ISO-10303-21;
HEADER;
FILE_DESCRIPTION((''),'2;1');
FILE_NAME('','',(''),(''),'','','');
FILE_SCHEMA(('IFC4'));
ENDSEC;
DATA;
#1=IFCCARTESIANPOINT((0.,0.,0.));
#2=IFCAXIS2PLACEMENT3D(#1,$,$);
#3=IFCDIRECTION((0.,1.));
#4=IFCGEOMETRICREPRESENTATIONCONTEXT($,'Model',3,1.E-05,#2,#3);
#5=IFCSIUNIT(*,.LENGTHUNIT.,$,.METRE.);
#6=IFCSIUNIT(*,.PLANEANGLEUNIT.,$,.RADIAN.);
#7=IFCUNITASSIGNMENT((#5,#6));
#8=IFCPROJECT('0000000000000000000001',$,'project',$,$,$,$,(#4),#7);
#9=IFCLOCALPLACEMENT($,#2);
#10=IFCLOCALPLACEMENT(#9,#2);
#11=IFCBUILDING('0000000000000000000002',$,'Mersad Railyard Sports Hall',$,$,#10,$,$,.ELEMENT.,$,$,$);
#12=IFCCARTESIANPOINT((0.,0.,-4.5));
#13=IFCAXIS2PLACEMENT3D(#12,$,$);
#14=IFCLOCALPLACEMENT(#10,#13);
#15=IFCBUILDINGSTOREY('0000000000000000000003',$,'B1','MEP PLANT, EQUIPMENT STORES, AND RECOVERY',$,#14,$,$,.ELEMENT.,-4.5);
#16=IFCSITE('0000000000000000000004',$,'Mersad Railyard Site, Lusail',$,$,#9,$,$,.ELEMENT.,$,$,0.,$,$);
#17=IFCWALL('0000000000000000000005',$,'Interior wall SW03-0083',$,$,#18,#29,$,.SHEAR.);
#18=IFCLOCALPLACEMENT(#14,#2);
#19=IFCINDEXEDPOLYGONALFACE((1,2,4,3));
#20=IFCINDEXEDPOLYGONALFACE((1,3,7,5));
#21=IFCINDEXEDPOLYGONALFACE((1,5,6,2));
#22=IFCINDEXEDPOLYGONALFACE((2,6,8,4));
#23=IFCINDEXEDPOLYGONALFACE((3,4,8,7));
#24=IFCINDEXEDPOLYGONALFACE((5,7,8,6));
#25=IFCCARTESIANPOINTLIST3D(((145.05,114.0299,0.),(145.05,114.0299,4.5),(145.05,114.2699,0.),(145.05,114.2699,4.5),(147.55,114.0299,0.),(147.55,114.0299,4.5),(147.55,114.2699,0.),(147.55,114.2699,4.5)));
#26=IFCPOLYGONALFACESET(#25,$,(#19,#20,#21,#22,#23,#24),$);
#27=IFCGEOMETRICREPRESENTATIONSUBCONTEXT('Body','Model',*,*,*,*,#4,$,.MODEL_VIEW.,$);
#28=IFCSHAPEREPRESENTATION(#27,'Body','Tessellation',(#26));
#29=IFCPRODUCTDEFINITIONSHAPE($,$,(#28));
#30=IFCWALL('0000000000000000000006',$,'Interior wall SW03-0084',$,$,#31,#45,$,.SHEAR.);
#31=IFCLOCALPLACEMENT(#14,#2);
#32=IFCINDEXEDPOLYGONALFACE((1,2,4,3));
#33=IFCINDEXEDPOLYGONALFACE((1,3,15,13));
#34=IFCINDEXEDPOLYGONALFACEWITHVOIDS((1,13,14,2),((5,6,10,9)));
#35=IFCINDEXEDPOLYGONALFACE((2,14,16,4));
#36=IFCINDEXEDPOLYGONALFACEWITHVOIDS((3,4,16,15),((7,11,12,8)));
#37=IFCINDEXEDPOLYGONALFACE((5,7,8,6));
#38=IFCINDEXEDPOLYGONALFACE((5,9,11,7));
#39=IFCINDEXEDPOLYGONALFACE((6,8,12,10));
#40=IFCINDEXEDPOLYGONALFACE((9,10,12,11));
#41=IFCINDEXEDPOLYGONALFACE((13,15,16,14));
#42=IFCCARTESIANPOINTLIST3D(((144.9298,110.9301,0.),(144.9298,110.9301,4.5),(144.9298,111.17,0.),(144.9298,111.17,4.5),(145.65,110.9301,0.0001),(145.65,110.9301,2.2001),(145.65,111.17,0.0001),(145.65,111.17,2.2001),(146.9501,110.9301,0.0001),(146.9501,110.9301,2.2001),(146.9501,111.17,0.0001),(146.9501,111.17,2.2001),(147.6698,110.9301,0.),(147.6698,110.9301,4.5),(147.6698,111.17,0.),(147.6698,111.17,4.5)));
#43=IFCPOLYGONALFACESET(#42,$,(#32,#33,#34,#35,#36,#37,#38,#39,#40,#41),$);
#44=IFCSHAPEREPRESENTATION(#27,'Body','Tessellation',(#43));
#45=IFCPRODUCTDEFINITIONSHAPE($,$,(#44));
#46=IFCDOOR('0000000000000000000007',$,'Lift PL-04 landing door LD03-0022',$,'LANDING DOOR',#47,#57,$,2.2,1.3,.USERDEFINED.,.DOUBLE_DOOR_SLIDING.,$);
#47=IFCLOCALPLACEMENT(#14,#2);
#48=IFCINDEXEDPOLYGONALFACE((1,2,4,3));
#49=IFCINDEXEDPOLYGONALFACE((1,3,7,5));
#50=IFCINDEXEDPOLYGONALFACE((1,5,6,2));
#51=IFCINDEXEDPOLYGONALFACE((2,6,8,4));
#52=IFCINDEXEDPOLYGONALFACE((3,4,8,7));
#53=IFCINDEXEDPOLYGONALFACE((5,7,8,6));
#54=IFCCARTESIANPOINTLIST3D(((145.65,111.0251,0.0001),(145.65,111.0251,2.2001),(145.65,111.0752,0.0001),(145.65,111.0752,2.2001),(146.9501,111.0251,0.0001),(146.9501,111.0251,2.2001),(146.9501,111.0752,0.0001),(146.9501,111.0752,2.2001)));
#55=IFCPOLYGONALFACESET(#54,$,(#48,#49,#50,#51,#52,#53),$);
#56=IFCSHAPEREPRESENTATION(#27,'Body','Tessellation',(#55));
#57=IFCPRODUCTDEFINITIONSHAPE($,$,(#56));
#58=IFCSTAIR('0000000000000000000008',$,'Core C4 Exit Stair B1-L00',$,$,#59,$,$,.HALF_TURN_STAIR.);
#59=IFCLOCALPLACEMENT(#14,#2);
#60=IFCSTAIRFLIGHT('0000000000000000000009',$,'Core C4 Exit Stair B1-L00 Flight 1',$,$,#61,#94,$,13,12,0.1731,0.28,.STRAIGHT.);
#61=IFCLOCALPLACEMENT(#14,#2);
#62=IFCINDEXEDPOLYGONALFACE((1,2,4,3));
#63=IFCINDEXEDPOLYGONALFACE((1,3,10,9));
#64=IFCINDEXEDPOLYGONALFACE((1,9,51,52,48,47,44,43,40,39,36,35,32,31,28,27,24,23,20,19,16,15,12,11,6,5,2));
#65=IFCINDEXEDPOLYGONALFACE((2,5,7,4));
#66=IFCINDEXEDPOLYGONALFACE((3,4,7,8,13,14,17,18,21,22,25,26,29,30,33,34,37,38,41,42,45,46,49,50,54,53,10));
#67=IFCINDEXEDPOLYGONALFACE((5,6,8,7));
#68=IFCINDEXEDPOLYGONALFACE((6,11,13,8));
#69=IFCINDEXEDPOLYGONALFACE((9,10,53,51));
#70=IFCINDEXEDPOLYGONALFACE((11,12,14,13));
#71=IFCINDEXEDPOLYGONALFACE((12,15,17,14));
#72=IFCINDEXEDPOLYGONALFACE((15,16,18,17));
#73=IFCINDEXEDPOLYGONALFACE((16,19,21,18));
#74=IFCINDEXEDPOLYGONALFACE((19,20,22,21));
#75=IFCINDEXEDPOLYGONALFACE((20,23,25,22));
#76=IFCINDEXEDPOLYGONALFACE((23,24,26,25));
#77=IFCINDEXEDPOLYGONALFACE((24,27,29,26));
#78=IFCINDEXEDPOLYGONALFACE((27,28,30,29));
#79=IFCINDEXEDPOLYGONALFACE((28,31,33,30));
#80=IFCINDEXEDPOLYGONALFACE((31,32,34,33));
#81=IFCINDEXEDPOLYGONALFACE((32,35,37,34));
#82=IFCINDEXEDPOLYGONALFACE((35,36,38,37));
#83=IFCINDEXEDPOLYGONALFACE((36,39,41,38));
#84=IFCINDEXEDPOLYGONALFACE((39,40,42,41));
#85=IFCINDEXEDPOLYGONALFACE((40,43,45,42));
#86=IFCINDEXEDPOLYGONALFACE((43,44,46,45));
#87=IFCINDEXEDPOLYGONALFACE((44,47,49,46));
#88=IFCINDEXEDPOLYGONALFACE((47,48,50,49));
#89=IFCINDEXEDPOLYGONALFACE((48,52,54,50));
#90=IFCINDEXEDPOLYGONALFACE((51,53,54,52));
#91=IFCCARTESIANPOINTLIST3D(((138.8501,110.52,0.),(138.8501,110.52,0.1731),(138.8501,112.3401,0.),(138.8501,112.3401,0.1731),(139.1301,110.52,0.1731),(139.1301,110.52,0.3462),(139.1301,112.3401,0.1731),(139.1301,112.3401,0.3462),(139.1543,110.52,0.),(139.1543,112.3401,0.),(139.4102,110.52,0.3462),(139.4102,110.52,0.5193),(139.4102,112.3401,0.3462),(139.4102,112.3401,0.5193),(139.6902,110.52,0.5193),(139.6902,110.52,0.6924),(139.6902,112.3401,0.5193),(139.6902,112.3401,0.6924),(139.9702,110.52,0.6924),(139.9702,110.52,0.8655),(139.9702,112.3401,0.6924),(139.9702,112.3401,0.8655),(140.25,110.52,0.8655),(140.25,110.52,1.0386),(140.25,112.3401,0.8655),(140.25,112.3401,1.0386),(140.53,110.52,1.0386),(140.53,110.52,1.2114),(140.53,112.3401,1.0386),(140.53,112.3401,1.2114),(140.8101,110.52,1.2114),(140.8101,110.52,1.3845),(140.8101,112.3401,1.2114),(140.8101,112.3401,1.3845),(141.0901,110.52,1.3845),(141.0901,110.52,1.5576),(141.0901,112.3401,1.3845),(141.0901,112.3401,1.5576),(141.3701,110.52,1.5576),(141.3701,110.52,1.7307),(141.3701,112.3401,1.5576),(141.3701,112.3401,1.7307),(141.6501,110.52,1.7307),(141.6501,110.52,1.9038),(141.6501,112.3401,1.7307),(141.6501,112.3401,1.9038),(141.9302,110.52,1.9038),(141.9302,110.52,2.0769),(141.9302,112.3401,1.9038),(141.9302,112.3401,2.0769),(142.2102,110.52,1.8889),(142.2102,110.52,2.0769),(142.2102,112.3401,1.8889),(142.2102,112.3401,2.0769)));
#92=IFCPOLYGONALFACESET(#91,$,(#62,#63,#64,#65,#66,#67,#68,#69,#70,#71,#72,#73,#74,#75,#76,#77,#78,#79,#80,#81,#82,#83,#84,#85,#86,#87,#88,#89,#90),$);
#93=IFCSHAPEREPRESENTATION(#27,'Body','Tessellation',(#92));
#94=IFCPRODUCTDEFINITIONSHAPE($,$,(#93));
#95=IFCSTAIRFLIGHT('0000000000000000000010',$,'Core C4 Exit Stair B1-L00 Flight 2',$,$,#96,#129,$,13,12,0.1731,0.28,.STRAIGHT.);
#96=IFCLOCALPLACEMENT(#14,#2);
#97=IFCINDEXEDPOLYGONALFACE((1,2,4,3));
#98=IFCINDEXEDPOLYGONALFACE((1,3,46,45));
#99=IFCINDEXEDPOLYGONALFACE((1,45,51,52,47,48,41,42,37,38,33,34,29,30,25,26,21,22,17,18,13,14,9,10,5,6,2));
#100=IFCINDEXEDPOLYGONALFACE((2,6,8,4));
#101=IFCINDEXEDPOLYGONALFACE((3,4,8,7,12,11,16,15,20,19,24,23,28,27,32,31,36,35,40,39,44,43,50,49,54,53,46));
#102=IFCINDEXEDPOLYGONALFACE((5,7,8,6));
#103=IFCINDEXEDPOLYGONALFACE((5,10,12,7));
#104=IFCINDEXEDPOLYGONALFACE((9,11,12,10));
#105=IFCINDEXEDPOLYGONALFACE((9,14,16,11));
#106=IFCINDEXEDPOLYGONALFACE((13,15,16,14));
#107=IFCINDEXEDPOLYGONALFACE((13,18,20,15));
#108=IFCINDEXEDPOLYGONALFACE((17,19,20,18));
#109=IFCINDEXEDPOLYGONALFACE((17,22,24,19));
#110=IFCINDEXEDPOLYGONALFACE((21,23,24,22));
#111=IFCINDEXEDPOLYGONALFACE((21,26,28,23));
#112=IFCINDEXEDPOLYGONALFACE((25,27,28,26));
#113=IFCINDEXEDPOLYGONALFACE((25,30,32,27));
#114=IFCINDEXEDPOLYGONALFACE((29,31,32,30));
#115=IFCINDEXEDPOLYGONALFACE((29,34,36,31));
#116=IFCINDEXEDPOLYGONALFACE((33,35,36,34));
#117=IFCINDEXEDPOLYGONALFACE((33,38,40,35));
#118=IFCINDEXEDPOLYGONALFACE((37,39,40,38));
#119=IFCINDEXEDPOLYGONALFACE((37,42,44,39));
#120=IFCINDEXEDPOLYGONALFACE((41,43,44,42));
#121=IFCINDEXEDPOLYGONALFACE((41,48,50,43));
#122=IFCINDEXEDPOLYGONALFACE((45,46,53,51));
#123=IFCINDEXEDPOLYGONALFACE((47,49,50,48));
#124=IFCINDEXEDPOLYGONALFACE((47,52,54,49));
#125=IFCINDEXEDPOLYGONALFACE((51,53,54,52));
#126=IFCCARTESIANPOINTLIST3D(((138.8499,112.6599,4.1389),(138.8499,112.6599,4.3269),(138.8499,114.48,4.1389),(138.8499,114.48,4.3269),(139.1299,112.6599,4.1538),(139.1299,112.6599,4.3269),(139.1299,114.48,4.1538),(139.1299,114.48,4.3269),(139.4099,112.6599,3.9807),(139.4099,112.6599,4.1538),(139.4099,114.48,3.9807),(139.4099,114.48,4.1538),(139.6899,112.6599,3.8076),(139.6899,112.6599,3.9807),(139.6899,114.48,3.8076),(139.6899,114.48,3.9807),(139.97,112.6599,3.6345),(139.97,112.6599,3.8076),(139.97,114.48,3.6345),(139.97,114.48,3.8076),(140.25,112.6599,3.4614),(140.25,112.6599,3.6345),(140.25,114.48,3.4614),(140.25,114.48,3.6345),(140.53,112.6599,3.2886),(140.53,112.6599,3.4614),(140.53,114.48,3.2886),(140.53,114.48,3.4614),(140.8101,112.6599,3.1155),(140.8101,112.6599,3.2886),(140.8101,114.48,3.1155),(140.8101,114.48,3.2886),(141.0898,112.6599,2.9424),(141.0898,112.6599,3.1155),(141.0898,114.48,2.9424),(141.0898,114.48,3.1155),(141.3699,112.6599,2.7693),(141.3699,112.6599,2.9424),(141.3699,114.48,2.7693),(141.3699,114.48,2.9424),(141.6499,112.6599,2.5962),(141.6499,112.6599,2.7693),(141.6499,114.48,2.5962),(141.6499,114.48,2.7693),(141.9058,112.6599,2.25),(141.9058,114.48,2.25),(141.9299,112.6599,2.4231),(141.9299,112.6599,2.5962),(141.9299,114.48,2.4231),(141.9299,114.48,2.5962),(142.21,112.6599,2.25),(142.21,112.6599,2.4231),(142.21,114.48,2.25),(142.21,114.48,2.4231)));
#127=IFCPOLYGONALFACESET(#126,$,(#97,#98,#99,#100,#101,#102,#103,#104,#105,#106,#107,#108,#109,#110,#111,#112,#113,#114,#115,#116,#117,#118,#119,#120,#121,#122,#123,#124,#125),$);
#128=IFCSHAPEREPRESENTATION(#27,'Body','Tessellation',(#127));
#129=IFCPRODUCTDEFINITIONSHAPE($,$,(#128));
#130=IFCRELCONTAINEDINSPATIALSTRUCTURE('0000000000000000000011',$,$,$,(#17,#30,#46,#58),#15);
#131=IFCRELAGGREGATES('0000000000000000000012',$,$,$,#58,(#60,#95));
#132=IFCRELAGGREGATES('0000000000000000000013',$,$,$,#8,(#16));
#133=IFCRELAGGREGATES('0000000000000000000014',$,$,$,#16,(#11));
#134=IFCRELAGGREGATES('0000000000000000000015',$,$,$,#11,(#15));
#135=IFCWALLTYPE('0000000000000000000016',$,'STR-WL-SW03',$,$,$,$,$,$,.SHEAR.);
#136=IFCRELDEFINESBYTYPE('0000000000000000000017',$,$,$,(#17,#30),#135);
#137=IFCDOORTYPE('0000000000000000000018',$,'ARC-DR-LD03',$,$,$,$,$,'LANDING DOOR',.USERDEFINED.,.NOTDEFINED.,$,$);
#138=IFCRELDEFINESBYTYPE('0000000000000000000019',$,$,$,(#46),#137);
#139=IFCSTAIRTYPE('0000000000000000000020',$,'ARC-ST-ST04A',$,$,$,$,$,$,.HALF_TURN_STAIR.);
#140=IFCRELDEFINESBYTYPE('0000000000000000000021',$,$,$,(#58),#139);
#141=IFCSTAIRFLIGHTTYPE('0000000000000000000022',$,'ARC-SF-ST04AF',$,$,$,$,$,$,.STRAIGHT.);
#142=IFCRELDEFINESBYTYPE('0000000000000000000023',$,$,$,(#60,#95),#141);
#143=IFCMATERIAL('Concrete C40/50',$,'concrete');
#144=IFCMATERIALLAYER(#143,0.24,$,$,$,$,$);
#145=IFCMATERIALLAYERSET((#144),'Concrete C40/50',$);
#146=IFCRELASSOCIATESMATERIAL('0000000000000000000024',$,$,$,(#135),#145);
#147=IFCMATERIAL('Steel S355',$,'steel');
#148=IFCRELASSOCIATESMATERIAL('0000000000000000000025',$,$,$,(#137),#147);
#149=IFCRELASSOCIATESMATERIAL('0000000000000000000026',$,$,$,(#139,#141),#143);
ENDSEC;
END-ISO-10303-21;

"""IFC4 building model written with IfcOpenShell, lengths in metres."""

from ifc_helpers import new_model, si_unit, direction, frame, frame_2d, origin, place, context, subcontext, project, spatial, polyline, rectangle, outline, extrude, material, layer, layer_set, type_object, element, fill, aggregate, save


model = new_model("IFC4")

# Units and contexts
model_context = context("Model", 3, precision=1e-05, world=origin(), true_north=direction((0.0, 1.0)))
body_context = subcontext(model_context, "Body", "Model", "MODEL_VIEW")
ifc_project = project(units=[si_unit("LENGTHUNIT", "METRE"), si_unit("PLANEANGLEUNIT", "RADIAN")], contexts=[model_context])

# Site, building, storey
site_placement = place(None, origin())
site = spatial("IfcSite", under=ifc_project, at=site_placement, Name="Mersad Railyard Site, Lusail", CompositionType="ELEMENT", RefElevation=0.0)
building_placement = place(site_placement, origin())
building = spatial("IfcBuilding", under=site, at=building_placement, Name="Mersad Railyard Sports Hall", CompositionType="ELEMENT")
storey_placement = place(building_placement, frame((0.0, 0.0, -4.5)))
storey = spatial("IfcBuildingStorey", under=building, at=storey_placement, Name="B1", Description="MEP PLANT, EQUIPMENT STORES, AND RECOVERY", CompositionType="ELEMENT", Elevation=-4.5)

# Shared definitions
ifc_material_1 = material(Name="Concrete C40/50", Category="concrete")

# Shared definitions
ifc_material_2 = material(Name="Steel S355", Category="steel")

# Wall
ifc_layer_1 = layer(ifc_material_1, 0.24)
ifc_layer_set_1 = layer_set([ifc_layer_1], Name="Concrete C40/50")
wall_type_1 = type_object("IfcWallType", Name="STR-WL-SW03", PredefinedType="SHEAR", material=ifc_layer_set_1)
wall_1_placement = place(storey_placement, frame((145.05, 114.1499, 0.0), z_axis=(0.0, 0.0, 1.0), x_axis=(1.0, 0.0, 0.0)))
element("IfcWall", 1, at=wall_1_placement, inside=storey, type_object=wall_type_1, Name="Interior wall SW03-0083", PredefinedType="SHEAR", context=body_context, shape_type="SweptSolid", body=[
    extrude(rectangle(XDim=2.5, YDim=0.24, at=frame_2d((1.25, 0.0))), origin(), (0.0, 0.0, 1.0), 4.5),
])

# Wall, opening, door
wall_2_placement = place(storey_placement, frame((147.6699, 111.05, 0.0), z_axis=(0.0, 0.0, 1.0), x_axis=(-1.0, 0.0, 0.0)))
wall_2 = element("IfcWall", 2, at=wall_2_placement, inside=storey, type_object=wall_type_1, Name="Interior wall SW03-0084", PredefinedType="SHEAR", context=body_context, shape_type="SweptSolid", body=[
    extrude(rectangle(XDim=2.74, YDim=0.24, at=frame_2d((1.3701, 0.0))), origin(), (0.0, 0.0, 1.0), 4.5),
])
opening_1_placement = place(wall_2_placement, frame((0.72, 0.0, 0.0)))
opening_1 = element("IfcOpeningElement", 3, at=opening_1_placement, cuts=wall_2, PredefinedType="OPENING", context=body_context, shape_type="SweptSolid", body=[
    extrude(rectangle(XDim=1.3, YDim=2.2, at=frame_2d((0.6499, 1.1001))), frame((0.0, 0.1299, 0.0), z_axis=(0.0, -1.0, 0.0), x_axis=(1.0, 0.0, 0.0)), (0.0, 0.0, 1.0), 0.26),
])
door_type_1 = type_object("IfcDoorType", Name="ARC-DR-LD03", ElementType="LANDING DOOR", OperationType="NOTDEFINED", PredefinedType="USERDEFINED", material=ifc_material_2)
door_1_placement = place(opening_1_placement, origin())
door_1 = element("IfcDoor", 4, at=door_1_placement, inside=storey, type_object=door_type_1, Name="Lift PL-04 landing door LD03-0022", ObjectType="LANDING DOOR", OperationType="DOUBLE_DOOR_SLIDING", OverallHeight=2.2, OverallWidth=1.3, PredefinedType="USERDEFINED", context=body_context, shape_type="SweptSolid", body=[
    extrude(rectangle(XDim=1.3, YDim=2.2, at=frame_2d((0.6499, 1.1001))), frame((0.0, 0.0249, 0.0), z_axis=(0.0, -1.0, 0.0), x_axis=(1.0, 0.0, 0.0)), (0.0, 0.0, 1.0), 0.05),
])
fill(opening_1, door_1)

# Stair, stair flights
stair_type = type_object("IfcStairType", Name="ARC-ST-ST04A", PredefinedType="HALF_TURN_STAIR", material=ifc_material_1)
stair_placement = place(storey_placement, origin())
stair = element("IfcStair", 5, at=stair_placement, inside=storey, type_object=stair_type, Name="Core C4 Exit Stair B1-L00", PredefinedType="HALF_TURN_STAIR")
stair_flight_type = type_object("IfcStairFlightType", Name="ARC-SF-ST04AF", PredefinedType="STRAIGHT", material=ifc_material_1)
stair_flight_1_placement = place(storey_placement, frame((138.8501, 111.4299, 0.0), z_axis=(0.0, 0.0, 1.0), x_axis=(1.0, 0.0, 0.0)))
stair_flight_1 = element("IfcStairFlight", 6, at=stair_flight_1_placement, type_object=stair_flight_type, Name="Core C4 Exit Stair B1-L00 Flight 1", NumberOfRisers=13, NumberOfTreads=12, PredefinedType="STRAIGHT", RiserHeight=0.1731, TreadLength=0.28, context=body_context, shape_type="SweptSolid", body=[
    extrude(outline(polyline([(0.0, 0.0), (0.0, 0.1731), (0.28, 0.1731), (0.28, 0.3462), (0.5601, 0.3462), (0.5601, 0.5193), (0.8401, 0.5193), (0.8401, 0.6924), (1.1201, 0.6924), (1.1201, 0.8655), (1.3999, 0.8655), (1.3999, 1.0386), (1.6799, 1.0386), (1.6799, 1.2114), (1.96, 1.2114), (1.96, 1.3845), (2.24, 1.3845), (2.24, 1.5576), (2.52, 1.5576), (2.52, 1.7307), (2.8, 1.7307), (2.8, 1.9038), (3.0801, 1.9038), (3.0801, 2.0769), (3.3601, 2.0769), (3.3601, 2.25), (3.3601, 1.8889), (0.3042, 0.0), (0.0, 0.0)])), frame((0.0, 0.9102, 0.0), z_axis=(0.0, -1.0, 0.0), x_axis=(1.0, 0.0, 0.0)), (0.0, 0.0, 1.0), 1.8201),
])
stair_flight_2_placement = place(storey_placement, frame((142.21, 113.5701, 2.25), z_axis=(0.0, 0.0, 1.0), x_axis=(-1.0, 0.0, 0.0)))
stair_flight_2 = element("IfcStairFlight", 7, at=stair_flight_2_placement, type_object=stair_flight_type, Name="Core C4 Exit Stair B1-L00 Flight 2", NumberOfRisers=13, NumberOfTreads=12, PredefinedType="STRAIGHT", RiserHeight=0.1731, TreadLength=0.28, context=body_context, shape_type="SweptSolid", body=[
    extrude(outline(polyline([(0.0, 0.0), (0.0, 0.1731), (0.28, 0.1731), (0.28, 0.3462), (0.5601, 0.3462), (0.5601, 0.5193), (0.8401, 0.5193), (0.8401, 0.6924), (1.1201, 0.6924), (1.1201, 0.8655), (1.3999, 0.8655), (1.3999, 1.0386), (1.6799, 1.0386), (1.6799, 1.2114), (1.96, 1.2114), (1.96, 1.3845), (2.24, 1.3845), (2.24, 1.5576), (2.52, 1.5576), (2.52, 1.7307), (2.8, 1.7307), (2.8, 1.9038), (3.0801, 1.9038), (3.0801, 2.0769), (3.3601, 2.0769), (3.3601, 2.25), (3.3601, 1.8889), (0.3042, 0.0), (0.0, 0.0)])), frame((0.0, 0.9102, 0.0), z_axis=(0.0, -1.0, 0.0), x_axis=(1.0, 0.0, 0.0)), (0.0, 0.0, 1.0), 1.8201),
])
aggregate(stair, [stair_flight_1, stair_flight_2])

save(model, "model.ifc")
